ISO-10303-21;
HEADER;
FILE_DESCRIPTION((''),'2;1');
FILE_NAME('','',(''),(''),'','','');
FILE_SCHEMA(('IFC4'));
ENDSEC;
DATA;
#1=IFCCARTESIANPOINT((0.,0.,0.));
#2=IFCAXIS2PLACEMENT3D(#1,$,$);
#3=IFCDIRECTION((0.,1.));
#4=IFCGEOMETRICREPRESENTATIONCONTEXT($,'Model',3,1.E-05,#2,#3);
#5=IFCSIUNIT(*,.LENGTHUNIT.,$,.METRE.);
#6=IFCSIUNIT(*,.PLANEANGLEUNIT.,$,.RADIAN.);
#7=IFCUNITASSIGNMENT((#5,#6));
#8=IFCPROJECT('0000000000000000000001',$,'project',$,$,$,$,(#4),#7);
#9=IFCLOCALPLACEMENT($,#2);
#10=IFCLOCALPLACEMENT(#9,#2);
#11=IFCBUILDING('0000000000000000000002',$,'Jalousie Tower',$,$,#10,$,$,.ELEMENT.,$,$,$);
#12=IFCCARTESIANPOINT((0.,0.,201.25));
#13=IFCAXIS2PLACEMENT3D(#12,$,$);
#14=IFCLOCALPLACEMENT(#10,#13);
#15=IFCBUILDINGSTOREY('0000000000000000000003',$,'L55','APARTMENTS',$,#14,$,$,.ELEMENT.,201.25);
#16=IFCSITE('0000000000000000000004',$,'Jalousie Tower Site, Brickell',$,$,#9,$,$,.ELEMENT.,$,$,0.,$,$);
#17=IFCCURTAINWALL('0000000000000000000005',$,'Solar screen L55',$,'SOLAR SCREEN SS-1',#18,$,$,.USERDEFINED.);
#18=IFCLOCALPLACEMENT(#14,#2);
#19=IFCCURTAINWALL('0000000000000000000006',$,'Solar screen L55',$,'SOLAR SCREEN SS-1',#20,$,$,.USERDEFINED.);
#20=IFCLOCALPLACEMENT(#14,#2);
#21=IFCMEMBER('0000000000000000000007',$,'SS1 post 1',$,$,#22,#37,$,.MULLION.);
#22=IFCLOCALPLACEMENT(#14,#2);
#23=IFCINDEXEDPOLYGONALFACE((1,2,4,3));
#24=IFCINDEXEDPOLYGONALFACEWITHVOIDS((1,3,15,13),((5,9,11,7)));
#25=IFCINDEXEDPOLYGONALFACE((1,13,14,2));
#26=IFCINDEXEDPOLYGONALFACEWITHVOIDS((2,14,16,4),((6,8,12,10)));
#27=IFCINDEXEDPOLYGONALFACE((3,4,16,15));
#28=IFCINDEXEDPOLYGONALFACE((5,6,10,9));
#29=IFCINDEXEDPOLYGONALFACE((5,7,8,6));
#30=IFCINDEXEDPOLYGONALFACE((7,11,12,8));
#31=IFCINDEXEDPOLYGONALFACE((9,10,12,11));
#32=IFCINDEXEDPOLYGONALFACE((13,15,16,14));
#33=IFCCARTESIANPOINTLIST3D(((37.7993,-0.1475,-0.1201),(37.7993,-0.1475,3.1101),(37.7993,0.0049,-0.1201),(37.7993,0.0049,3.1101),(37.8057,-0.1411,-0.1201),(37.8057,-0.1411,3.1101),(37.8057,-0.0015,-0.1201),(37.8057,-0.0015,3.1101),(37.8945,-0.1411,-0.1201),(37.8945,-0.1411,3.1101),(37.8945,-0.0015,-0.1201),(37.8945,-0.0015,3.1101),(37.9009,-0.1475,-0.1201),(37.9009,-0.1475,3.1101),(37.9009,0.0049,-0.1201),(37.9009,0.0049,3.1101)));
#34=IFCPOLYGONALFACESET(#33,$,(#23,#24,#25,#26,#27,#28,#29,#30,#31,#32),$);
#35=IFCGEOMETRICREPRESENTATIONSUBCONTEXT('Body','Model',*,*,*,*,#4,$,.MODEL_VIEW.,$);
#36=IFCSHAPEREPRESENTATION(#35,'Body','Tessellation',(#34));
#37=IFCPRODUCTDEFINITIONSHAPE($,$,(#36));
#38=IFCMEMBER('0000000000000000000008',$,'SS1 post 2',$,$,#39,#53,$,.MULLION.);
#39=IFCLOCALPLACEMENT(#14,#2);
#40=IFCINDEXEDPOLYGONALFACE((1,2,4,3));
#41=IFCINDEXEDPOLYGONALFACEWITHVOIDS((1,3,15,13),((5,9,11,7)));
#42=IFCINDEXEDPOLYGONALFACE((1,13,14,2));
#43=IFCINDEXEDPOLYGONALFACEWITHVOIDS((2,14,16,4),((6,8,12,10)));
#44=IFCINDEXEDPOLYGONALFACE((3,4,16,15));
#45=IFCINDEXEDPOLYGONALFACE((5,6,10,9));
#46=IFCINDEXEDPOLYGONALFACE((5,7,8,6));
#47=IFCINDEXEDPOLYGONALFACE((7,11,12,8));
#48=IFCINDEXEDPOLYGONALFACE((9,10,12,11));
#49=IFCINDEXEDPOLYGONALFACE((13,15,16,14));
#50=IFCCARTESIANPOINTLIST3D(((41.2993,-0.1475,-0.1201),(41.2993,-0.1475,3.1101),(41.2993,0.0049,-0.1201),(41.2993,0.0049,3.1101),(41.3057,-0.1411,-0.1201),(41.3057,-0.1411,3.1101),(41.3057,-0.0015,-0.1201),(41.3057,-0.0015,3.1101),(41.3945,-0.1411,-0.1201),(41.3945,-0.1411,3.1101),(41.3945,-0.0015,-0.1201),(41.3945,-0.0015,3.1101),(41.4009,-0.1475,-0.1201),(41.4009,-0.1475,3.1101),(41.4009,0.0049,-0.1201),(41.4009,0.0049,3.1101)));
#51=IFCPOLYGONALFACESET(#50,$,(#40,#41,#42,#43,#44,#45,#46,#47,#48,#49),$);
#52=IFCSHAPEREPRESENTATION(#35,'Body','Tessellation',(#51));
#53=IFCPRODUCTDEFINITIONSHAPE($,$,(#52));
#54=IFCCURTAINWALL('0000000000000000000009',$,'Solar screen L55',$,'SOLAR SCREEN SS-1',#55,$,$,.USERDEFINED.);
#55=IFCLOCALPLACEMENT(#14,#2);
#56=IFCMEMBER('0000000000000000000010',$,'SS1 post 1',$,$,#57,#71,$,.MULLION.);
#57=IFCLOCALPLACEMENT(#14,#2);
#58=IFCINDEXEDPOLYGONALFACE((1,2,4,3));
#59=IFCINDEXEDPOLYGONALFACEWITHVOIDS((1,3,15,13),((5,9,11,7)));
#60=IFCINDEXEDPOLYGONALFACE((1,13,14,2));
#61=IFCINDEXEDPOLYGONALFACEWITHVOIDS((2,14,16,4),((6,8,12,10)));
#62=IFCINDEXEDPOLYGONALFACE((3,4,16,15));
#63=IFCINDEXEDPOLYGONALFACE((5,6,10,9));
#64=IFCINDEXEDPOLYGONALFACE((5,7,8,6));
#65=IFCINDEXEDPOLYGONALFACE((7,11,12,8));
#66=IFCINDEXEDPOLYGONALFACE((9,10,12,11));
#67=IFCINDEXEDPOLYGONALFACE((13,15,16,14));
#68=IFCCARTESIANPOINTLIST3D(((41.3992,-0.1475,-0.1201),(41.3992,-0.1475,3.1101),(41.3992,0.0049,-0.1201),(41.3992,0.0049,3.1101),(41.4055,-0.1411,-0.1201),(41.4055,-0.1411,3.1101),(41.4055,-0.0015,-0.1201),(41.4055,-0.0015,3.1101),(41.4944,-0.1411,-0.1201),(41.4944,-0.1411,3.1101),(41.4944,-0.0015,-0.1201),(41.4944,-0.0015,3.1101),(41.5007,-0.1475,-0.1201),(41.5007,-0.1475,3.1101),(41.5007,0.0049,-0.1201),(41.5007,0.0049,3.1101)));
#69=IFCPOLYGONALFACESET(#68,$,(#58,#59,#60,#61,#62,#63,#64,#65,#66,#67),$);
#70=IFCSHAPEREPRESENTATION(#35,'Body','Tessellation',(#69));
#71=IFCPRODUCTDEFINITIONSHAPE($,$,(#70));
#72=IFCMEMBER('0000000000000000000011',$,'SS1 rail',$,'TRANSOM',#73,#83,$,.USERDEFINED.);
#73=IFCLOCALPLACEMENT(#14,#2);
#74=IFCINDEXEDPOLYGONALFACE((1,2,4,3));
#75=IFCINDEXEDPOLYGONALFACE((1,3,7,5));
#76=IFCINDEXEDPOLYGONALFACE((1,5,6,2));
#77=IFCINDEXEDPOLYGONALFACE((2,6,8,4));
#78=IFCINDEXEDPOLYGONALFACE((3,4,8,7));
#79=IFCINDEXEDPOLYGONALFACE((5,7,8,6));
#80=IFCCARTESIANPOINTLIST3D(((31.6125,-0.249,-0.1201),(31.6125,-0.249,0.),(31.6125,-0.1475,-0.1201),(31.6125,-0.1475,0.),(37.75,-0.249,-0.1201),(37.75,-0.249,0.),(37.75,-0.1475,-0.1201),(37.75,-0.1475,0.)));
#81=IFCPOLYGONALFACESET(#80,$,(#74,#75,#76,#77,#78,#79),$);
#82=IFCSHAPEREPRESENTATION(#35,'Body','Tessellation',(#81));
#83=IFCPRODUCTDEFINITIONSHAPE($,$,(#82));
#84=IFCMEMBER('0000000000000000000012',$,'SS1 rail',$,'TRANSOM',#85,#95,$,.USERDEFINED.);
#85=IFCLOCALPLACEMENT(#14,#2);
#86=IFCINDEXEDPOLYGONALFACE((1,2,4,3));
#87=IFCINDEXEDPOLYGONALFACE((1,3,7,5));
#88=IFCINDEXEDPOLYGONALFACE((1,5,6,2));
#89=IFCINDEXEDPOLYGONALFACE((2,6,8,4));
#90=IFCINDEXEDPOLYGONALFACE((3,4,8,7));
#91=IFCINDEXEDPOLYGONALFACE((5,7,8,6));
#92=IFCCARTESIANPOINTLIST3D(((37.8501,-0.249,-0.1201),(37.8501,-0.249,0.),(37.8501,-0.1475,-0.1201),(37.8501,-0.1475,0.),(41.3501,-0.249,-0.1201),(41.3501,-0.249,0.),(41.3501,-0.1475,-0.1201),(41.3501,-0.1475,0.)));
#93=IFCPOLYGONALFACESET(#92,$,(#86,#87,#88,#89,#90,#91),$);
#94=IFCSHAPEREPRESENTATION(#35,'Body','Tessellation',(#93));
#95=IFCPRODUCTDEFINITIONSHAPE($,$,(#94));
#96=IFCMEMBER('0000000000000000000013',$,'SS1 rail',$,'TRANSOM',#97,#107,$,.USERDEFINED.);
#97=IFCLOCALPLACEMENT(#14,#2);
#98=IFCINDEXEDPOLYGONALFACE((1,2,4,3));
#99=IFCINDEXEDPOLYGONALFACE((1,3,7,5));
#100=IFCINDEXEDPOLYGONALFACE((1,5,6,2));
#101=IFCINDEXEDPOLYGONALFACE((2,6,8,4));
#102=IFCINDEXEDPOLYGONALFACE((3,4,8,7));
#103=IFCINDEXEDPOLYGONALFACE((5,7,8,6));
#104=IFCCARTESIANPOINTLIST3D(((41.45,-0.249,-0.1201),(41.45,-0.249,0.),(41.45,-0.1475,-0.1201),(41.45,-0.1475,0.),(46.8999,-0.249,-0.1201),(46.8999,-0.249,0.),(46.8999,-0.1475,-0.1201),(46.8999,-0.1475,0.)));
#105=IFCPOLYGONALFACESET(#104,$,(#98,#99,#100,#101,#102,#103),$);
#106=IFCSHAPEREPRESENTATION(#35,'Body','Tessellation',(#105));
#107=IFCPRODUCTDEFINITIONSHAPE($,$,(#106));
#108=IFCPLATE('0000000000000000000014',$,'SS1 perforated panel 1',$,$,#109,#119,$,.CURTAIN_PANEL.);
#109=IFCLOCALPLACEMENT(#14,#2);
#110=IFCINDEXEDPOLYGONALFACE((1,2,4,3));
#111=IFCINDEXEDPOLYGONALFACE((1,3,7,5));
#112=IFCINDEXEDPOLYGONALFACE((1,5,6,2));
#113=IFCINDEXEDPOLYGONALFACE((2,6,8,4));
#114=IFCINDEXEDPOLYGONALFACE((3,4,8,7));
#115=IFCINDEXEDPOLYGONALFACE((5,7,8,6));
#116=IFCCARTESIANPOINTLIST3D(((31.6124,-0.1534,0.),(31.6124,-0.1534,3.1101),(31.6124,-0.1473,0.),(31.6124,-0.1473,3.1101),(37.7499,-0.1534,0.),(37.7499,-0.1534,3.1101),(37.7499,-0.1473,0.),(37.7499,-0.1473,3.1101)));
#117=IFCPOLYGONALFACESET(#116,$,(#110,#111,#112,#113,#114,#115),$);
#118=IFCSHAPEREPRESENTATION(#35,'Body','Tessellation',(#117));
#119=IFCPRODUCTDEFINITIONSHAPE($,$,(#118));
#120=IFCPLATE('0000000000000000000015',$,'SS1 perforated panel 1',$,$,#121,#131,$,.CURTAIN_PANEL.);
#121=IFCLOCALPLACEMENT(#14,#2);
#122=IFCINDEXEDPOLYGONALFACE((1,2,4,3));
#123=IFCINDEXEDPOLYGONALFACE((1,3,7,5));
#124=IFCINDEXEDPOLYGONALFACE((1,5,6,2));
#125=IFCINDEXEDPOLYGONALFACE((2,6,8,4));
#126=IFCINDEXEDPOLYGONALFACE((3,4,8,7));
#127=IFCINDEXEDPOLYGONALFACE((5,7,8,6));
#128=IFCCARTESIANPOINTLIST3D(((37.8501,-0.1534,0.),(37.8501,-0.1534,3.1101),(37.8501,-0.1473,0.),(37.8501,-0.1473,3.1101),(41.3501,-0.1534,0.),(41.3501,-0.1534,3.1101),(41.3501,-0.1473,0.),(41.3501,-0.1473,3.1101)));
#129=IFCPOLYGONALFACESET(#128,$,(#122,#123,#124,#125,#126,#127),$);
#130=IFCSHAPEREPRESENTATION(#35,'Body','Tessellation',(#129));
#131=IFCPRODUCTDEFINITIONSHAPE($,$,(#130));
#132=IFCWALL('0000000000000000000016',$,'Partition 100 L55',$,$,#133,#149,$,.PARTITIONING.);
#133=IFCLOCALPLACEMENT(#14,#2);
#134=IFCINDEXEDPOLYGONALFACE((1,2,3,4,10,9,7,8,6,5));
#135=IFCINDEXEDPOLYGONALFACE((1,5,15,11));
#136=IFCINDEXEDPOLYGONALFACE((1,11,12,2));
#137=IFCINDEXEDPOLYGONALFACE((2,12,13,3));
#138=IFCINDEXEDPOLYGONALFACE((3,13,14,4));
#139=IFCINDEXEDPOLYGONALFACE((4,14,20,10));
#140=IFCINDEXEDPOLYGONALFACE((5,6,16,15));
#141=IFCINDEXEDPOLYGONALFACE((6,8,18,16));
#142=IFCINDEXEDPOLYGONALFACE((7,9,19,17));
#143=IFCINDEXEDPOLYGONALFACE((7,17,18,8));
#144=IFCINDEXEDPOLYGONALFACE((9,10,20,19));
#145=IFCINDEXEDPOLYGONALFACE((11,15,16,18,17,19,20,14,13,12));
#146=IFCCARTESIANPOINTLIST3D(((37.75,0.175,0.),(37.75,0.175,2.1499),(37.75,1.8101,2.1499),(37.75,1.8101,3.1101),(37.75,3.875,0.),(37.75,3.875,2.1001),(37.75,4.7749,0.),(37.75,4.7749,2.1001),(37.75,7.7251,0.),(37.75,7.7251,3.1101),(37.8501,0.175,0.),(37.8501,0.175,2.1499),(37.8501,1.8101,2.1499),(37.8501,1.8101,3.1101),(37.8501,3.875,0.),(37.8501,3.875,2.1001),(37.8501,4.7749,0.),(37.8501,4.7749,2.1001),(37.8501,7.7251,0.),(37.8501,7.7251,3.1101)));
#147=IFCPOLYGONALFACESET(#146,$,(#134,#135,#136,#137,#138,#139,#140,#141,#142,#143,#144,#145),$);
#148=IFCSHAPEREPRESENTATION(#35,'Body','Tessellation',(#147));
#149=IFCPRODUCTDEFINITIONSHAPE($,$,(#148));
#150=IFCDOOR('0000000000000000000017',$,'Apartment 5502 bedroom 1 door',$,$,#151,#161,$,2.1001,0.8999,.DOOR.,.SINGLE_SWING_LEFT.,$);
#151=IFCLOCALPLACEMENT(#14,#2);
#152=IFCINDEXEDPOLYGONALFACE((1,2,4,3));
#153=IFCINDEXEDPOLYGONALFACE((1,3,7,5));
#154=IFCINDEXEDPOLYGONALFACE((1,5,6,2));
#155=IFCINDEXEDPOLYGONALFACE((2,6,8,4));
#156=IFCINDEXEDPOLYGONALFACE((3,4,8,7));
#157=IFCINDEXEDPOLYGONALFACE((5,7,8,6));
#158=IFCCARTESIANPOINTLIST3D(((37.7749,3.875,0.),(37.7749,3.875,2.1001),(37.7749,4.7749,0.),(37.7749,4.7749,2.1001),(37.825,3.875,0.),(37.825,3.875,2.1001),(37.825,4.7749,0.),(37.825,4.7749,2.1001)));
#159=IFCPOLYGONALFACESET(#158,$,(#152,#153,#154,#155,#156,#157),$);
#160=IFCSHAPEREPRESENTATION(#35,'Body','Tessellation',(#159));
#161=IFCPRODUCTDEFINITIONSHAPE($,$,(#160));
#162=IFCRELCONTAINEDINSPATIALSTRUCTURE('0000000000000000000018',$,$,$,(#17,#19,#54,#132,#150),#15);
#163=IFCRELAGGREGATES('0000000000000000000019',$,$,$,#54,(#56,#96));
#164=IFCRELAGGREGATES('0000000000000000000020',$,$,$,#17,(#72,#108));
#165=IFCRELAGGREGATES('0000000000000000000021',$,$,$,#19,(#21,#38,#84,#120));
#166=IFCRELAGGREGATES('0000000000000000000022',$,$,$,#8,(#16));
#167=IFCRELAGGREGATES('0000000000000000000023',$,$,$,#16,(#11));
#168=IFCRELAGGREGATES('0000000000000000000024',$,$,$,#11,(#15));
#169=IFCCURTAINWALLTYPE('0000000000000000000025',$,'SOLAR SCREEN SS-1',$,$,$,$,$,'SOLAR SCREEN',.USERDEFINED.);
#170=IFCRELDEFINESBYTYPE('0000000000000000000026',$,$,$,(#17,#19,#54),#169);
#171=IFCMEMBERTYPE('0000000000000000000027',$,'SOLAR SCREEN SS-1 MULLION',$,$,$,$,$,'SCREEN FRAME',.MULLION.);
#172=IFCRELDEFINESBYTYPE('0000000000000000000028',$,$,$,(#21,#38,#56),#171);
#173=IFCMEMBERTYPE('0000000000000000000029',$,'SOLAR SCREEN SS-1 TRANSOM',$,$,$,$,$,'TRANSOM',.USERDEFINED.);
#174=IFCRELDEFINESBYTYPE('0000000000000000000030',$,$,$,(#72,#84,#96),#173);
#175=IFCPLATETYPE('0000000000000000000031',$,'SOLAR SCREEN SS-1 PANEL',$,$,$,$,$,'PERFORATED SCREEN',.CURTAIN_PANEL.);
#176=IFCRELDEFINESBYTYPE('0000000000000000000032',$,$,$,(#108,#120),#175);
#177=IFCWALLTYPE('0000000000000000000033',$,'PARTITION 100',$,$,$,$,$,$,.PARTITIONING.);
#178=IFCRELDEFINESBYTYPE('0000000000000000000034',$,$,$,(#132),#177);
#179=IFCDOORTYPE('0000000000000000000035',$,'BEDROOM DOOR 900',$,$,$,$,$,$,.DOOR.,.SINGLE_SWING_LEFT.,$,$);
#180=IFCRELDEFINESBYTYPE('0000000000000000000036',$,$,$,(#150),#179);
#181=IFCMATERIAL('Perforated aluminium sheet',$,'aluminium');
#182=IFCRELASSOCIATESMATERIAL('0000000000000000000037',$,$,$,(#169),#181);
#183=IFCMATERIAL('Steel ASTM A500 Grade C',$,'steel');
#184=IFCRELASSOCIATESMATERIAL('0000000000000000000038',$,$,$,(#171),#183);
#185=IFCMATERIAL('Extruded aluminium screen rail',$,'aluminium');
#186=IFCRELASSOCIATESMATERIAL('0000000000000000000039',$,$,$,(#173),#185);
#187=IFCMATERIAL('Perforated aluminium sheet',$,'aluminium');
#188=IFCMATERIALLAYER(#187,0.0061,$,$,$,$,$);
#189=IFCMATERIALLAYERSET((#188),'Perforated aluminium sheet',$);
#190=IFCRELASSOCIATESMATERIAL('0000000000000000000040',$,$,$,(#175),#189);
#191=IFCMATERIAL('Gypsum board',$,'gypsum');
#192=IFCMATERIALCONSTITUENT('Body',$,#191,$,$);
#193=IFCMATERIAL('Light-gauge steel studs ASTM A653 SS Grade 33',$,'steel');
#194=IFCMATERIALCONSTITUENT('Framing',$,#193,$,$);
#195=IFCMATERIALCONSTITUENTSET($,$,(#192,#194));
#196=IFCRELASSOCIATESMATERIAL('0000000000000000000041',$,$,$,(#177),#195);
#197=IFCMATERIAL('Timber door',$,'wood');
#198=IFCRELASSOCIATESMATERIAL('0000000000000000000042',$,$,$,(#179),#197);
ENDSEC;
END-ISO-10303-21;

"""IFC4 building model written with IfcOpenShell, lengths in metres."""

from ifc_helpers import new_model, si_unit, direction, frame, frame_2d, origin, origin_2d, place, context, subcontext, project, spatial, polyline, rectangle, hollow_rectangle, outline, extrude, material, layer, layer_set, constituent, constituent_set, material_profile, profile_set, type_object, element, fill, aggregate, save


model = new_model("IFC4")

# Units and contexts
model_context = context("Model", 3, precision=1e-05, world=origin(), true_north=direction((0.0, 1.0)))
body_context = subcontext(model_context, "Body", "Model", "MODEL_VIEW")
ifc_project = project(units=[si_unit("LENGTHUNIT", "METRE"), si_unit("PLANEANGLEUNIT", "RADIAN")], contexts=[model_context])

# Site, building, storey
site_placement = place(None, origin())
site = spatial("IfcSite", under=ifc_project, at=site_placement, Name="Jalousie Tower Site, Brickell", CompositionType="ELEMENT", RefElevation=0.0)
building_placement = place(site_placement, origin())
building = spatial("IfcBuilding", under=site, at=building_placement, Name="Jalousie Tower", CompositionType="ELEMENT")
storey_placement = place(building_placement, frame((0.0, 0.0, 201.25)))
storey = spatial("IfcBuildingStorey", under=building, at=storey_placement, Name="L55", Description="APARTMENTS", CompositionType="ELEMENT", Elevation=201.25)

# Curtain walls, members
ifc_material_1 = material(Name="Perforated aluminium sheet", Category="aluminium")
curtain_wall_type = type_object("IfcCurtainWallType", Name="SOLAR SCREEN SS-1", ElementType="SOLAR SCREEN", PredefinedType="USERDEFINED", material=ifc_material_1)
curtain_wall_1_placement = place(storey_placement, origin())
curtain_wall_1 = element("IfcCurtainWall", 1, at=curtain_wall_1_placement, inside=storey, type_object=curtain_wall_type, Name="Solar screen L55", ObjectType="SOLAR SCREEN SS-1", PredefinedType="USERDEFINED")
ifc_material_2 = material(Name="Steel ASTM A500 Grade C", Category="steel")
ifc_material_profile_1 = material_profile(ifc_material_2, hollow_rectangle(XDim=0.1016, YDim=0.1523, WallThickness=0.0063, at=origin_2d()), Name="HSS6X4X1/4")
ifc_profile_set_1 = profile_set([ifc_material_profile_1], Name="Steel ASTM A500 Grade C")
member_type_1 = type_object("IfcMemberType", Name="SOLAR SCREEN SS-1 MULLION", ElementType="SCREEN FRAME", PredefinedType="MULLION", material=ifc_profile_set_1)
curtain_wall_2_placement = place(storey_placement, origin())
curtain_wall_2 = element("IfcCurtainWall", 2, at=curtain_wall_2_placement, inside=storey, type_object=curtain_wall_type, Name="Solar screen L55", ObjectType="SOLAR SCREEN SS-1", PredefinedType="USERDEFINED")
member_1_placement = place(storey_placement, frame((37.8501, -0.0713, -0.1201), z_axis=(0.0, 0.0, 1.0), x_axis=(1.0, 0.0, 0.0)))
member_1 = element("IfcMember", 3, at=member_1_placement, type_object=member_type_1, Name="SS1 post 1", PredefinedType="MULLION", context=body_context, shape_type="SweptSolid", body=[
    extrude(hollow_rectangle(XDim=0.1016, YDim=0.1523, WallThickness=0.0063, at=origin_2d()), origin(), (0.0, 0.0, 1.0), 3.2302),
])
member_2_placement = place(storey_placement, frame((41.3501, -0.0713, -0.1201), z_axis=(0.0, 0.0, 1.0), x_axis=(1.0, 0.0, 0.0)))
member_2 = element("IfcMember", 4, at=member_2_placement, type_object=member_type_1, Name="SS1 post 2", PredefinedType="MULLION", context=body_context, shape_type="SweptSolid", body=[
    extrude(hollow_rectangle(XDim=0.1016, YDim=0.1523, WallThickness=0.0063, at=origin_2d()), origin(), (0.0, 0.0, 1.0), 3.2302),
])

# Curtain wall, member
curtain_wall_3_placement = place(storey_placement, origin())
curtain_wall_3 = element("IfcCurtainWall", 5, at=curtain_wall_3_placement, inside=storey, type_object=curtain_wall_type, Name="Solar screen L55", ObjectType="SOLAR SCREEN SS-1", PredefinedType="USERDEFINED")
member_3_placement = place(storey_placement, frame((41.45, -0.0713, -0.1201), z_axis=(0.0, 0.0, 1.0), x_axis=(1.0, 0.0, 0.0)))
member_3 = element("IfcMember", 6, at=member_3_placement, type_object=member_type_1, Name="SS1 post 1", PredefinedType="MULLION", context=body_context, shape_type="SweptSolid", body=[
    extrude(hollow_rectangle(XDim=0.1016, YDim=0.1523, WallThickness=0.0063, at=origin_2d()), origin(), (0.0, 0.0, 1.0), 3.2302),
])

# Members
ifc_material_3 = material(Name="Extruded aluminium screen rail", Category="aluminium")
ifc_material_profile_2 = material_profile(ifc_material_3, rectangle(XDim=0.1016, YDim=0.1201, at=origin_2d()), Name="RAIL 102x120")
ifc_profile_set_2 = profile_set([ifc_material_profile_2], Name="Extruded aluminium screen rail")
member_type_2 = type_object("IfcMemberType", Name="SOLAR SCREEN SS-1 TRANSOM", ElementType="TRANSOM", PredefinedType="USERDEFINED", material=ifc_profile_set_2)
member_4_placement = place(storey_placement, frame((31.6125, -0.1982, -0.0601), z_axis=(1.0, 0.0, 0.0), x_axis=(0.0, 1.0, 0.0)))
member_4 = element("IfcMember", 7, at=member_4_placement, type_object=member_type_2, Name="SS1 rail", ObjectType="TRANSOM", PredefinedType="USERDEFINED", context=body_context, shape_type="SweptSolid", body=[
    extrude(rectangle(XDim=0.1016, YDim=0.1201, at=origin_2d()), origin(), (0.0, 0.0, 1.0), 6.1375),
])
member_5_placement = place(storey_placement, frame((37.8501, -0.1982, -0.0601), z_axis=(1.0, 0.0, 0.0), x_axis=(0.0, 1.0, 0.0)))
member_5 = element("IfcMember", 8, at=member_5_placement, type_object=member_type_2, Name="SS1 rail", ObjectType="TRANSOM", PredefinedType="USERDEFINED", context=body_context, shape_type="SweptSolid", body=[
    extrude(rectangle(XDim=0.1016, YDim=0.1201, at=origin_2d()), origin(), (0.0, 0.0, 1.0), 3.5),
])
member_6_placement = place(storey_placement, frame((41.45, -0.1982, -0.0601), z_axis=(1.0, 0.0, 0.0), x_axis=(0.0, 1.0, 0.0)))
member_6 = element("IfcMember", 9, at=member_6_placement, type_object=member_type_2, Name="SS1 rail", ObjectType="TRANSOM", PredefinedType="USERDEFINED", context=body_context, shape_type="SweptSolid", body=[
    extrude(rectangle(XDim=0.1016, YDim=0.1201, at=origin_2d()), origin(), (0.0, 0.0, 1.0), 5.45),
])
aggregate(curtain_wall_3, [member_3, member_6])

# Plates
ifc_material_4 = material(Name="Perforated aluminium sheet", Category="aluminium")
ifc_layer_1 = layer(ifc_material_4, 0.0061)
ifc_layer_set_1 = layer_set([ifc_layer_1], Name="Perforated aluminium sheet")
plate_type = type_object("IfcPlateType", Name="SOLAR SCREEN SS-1 PANEL", ElementType="PERFORATED SCREEN", PredefinedType="CURTAIN_PANEL", material=ifc_layer_set_1)
plate_1_placement = place(storey_placement, frame((34.6812, -0.1504, 0.0), z_axis=(0.0, 0.0, 1.0), x_axis=(1.0, 0.0, 0.0)))
plate_1 = element("IfcPlate", 10, at=plate_1_placement, type_object=plate_type, Name="SS1 perforated panel 1", PredefinedType="CURTAIN_PANEL", context=body_context, shape_type="SweptSolid", body=[
    extrude(rectangle(XDim=6.1375, YDim=0.0061, at=origin_2d()), origin(), (0.0, 0.0, 1.0), 3.1101),
])
aggregate(curtain_wall_1, [member_4, plate_1])
plate_2_placement = place(storey_placement, frame((39.6001, -0.1504, 0.0), z_axis=(0.0, 0.0, 1.0), x_axis=(1.0, 0.0, 0.0)))
plate_2 = element("IfcPlate", 11, at=plate_2_placement, type_object=plate_type, Name="SS1 perforated panel 1", PredefinedType="CURTAIN_PANEL", context=body_context, shape_type="SweptSolid", body=[
    extrude(rectangle(XDim=3.5, YDim=0.0061, at=origin_2d()), origin(), (0.0, 0.0, 1.0), 3.1101),
])
aggregate(curtain_wall_2, [member_1, member_2, member_5, plate_2])

# Wall, opening, door
ifc_material_5 = material(Name="Gypsum board", Category="gypsum")
ifc_constituent_1 = constituent(ifc_material_5, Name="Body")
ifc_material_6 = material(Name="Light-gauge steel studs ASTM A653 SS Grade 33", Category="steel")
ifc_constituent_2 = constituent(ifc_material_6, Name="Framing")
ifc_constituent_set_1 = constituent_set(constituents=[ifc_constituent_1, ifc_constituent_2])
wall_type_1 = type_object("IfcWallType", Name="PARTITION 100", PredefinedType="PARTITIONING", material=ifc_constituent_set_1)
wall_1_placement = place(storey_placement, frame((37.8, 0.175, 0.0), z_axis=(0.0, 0.0, 1.0), x_axis=(0.0, 1.0, 0.0)))
wall_1 = element("IfcWall", 12, at=wall_1_placement, inside=storey, type_object=wall_type_1, Name="Partition 100 L55", PredefinedType="PARTITIONING", context=body_context, shape_type="SweptSolid", body=[
    extrude(outline(polyline([(0.0, 0.0), (7.55, 0.0), (7.55, 3.1101), (1.635, 3.1101), (1.635, 2.1499), (0.0, 2.1499), (0.0, 3.1101), (0.0, 0.0)])), frame((0.0, 0.05, 0.0), z_axis=(0.0, -1.0, 0.0), x_axis=(1.0, 0.0, 0.0)), (0.0, 0.0, 1.0), 0.1001),
])
opening_1_placement = place(wall_1_placement, frame((3.7, 0.0, 0.0)))
opening_1 = element("IfcOpeningElement", 13, at=opening_1_placement, cuts=wall_1, PredefinedType="OPENING", context=body_context, shape_type="SweptSolid", body=[
    extrude(rectangle(XDim=0.8999, YDim=2.1001, at=frame_2d((0.45, 1.05))), frame((0.0, 0.0601, 0.0), z_axis=(0.0, -1.0, 0.0), x_axis=(1.0, 0.0, 0.0)), (0.0, 0.0, 1.0), 0.1201),
])
ifc_material_7 = material(Name="Timber door", Category="wood")
door_type_1 = type_object("IfcDoorType", Name="BEDROOM DOOR 900", OperationType="SINGLE_SWING_LEFT", PredefinedType="DOOR", material=ifc_material_7)
door_1_placement = place(opening_1_placement, frame((0.8999, 0.0, 0.0), z_axis=(0.0, 0.0, 1.0), x_axis=(-1.0, 0.0, 0.0)))
door_1 = element("IfcDoor", 14, at=door_1_placement, inside=storey, type_object=door_type_1, Name="Apartment 5502 bedroom 1 door", OperationType="SINGLE_SWING_LEFT", OverallHeight=2.1001, OverallWidth=0.8999, PredefinedType="DOOR", context=body_context, shape_type="SweptSolid", body=[
    extrude(rectangle(XDim=0.8999, YDim=2.1001, at=frame_2d((0.45, 1.05))), frame((0.0, 0.0249, 0.0), z_axis=(0.0, -1.0, 0.0), x_axis=(1.0, 0.0, 0.0)), (0.0, 0.0, 1.0), 0.05),
])
fill(opening_1, door_1)

save(model, "model.ifc")
